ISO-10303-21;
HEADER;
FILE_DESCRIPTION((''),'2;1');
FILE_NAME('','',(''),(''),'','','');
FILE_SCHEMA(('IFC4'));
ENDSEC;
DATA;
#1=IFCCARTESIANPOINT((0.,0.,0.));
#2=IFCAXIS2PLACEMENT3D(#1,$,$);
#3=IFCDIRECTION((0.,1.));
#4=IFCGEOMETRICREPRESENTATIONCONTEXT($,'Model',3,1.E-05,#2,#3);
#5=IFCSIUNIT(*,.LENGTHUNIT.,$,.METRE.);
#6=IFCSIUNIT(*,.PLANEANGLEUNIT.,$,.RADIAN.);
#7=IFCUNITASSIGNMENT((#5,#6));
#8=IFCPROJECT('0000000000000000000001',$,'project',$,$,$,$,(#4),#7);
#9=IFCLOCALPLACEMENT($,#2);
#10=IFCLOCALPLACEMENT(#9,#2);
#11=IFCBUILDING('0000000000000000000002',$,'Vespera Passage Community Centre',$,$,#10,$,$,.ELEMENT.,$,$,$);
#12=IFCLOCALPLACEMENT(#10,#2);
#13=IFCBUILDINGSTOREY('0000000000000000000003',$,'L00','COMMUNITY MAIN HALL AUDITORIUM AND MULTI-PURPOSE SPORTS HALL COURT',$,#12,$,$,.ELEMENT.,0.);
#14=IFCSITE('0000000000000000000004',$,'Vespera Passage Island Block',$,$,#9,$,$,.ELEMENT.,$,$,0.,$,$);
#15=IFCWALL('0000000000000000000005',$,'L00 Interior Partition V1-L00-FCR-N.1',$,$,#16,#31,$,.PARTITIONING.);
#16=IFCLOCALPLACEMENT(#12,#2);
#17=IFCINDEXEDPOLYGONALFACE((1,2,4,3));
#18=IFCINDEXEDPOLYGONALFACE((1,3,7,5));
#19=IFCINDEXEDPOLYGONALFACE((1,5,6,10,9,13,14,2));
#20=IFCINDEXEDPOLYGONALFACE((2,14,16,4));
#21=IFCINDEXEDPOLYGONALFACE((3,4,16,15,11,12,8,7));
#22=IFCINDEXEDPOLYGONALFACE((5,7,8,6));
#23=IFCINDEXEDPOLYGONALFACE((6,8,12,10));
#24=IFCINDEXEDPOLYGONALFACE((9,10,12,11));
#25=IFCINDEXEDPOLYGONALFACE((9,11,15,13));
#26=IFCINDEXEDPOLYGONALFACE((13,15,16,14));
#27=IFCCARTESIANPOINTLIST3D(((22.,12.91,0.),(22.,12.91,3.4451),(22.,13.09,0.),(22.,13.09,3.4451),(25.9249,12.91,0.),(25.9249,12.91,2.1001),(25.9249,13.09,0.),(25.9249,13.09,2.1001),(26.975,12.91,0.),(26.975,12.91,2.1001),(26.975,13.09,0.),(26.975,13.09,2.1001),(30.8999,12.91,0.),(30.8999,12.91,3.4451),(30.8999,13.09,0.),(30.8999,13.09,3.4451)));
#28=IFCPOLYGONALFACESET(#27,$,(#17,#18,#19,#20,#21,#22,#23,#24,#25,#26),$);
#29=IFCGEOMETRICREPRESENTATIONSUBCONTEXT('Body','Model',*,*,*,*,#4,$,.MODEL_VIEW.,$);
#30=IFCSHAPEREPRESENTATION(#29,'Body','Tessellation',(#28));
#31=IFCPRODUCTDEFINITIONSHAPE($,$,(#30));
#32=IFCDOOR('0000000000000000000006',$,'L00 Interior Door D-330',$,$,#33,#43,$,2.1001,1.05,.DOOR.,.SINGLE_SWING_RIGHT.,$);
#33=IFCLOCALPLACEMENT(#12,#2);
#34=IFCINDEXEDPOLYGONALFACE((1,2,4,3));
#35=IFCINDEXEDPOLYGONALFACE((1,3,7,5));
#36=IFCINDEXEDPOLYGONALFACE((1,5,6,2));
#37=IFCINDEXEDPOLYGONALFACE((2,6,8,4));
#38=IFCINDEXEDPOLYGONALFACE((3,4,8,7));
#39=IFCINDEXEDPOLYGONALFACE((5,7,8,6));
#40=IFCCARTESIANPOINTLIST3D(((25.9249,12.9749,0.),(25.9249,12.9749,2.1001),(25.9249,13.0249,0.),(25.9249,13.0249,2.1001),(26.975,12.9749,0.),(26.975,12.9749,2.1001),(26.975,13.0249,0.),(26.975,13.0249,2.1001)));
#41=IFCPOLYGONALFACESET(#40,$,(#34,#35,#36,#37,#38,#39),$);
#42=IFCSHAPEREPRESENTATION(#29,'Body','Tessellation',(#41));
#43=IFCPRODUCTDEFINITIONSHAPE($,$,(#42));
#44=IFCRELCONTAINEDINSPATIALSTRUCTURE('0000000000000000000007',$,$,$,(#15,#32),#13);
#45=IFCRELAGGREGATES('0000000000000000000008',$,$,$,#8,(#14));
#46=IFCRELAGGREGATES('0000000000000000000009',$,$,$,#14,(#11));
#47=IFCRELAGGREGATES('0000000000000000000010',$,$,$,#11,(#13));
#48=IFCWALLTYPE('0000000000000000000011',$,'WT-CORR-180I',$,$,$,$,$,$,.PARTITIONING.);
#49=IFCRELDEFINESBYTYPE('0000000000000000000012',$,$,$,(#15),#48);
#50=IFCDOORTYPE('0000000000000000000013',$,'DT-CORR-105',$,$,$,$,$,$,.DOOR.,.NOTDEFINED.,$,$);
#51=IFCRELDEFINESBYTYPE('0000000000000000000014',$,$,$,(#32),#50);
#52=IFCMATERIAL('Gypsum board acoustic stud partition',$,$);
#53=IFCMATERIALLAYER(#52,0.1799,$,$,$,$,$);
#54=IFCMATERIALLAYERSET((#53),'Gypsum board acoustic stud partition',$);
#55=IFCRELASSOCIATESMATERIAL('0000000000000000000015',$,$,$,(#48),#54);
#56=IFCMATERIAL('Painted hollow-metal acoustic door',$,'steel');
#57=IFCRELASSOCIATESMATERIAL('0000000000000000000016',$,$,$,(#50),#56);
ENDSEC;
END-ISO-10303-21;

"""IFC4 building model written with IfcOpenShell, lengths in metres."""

from ifc_helpers import new_model, si_unit, direction, frame, frame_2d, origin, place, context, subcontext, project, spatial, rectangle, extrude, material, layer, layer_set, type_object, element, fill, save


model = new_model("IFC4")

# Units and contexts
model_context = context("Model", 3, precision=1e-05, world=origin(), true_north=direction((0.0, 1.0)))
body_context = subcontext(model_context, "Body", "Model", "MODEL_VIEW")
ifc_project = project(units=[si_unit("LENGTHUNIT", "METRE"), si_unit("PLANEANGLEUNIT", "RADIAN")], contexts=[model_context])

# Site, building, storey
site_placement = place(None, origin())
site = spatial("IfcSite", under=ifc_project, at=site_placement, Name="Vespera Passage Island Block", CompositionType="ELEMENT", RefElevation=0.0)
building_placement = place(site_placement, origin())
building = spatial("IfcBuilding", under=site, at=building_placement, Name="Vespera Passage Community Centre", CompositionType="ELEMENT")
storey_placement = place(building_placement, origin())
storey = spatial("IfcBuildingStorey", under=building, at=storey_placement, Name="L00", Description="COMMUNITY MAIN HALL AUDITORIUM AND MULTI-PURPOSE SPORTS HALL COURT", CompositionType="ELEMENT", Elevation=0.0)

# Wall, opening, door
ifc_material_1 = material(Name="Gypsum board acoustic stud partition")
ifc_layer_1 = layer(ifc_material_1, 0.1799)
ifc_layer_set_1 = layer_set([ifc_layer_1], Name="Gypsum board acoustic stud partition")
wall_type = type_object("IfcWallType", Name="WT-CORR-180I", PredefinedType="PARTITIONING", material=ifc_layer_set_1)
wall_placement = place(storey_placement, frame((22.0, 13.0, 0.0), z_axis=(0.0, 0.0, 1.0), x_axis=(1.0, 0.0, 0.0)))
wall = element("IfcWall", 1, at=wall_placement, inside=storey, type_object=wall_type, Name="L00 Interior Partition V1-L00-FCR-N.1", PredefinedType="PARTITIONING", context=body_context, shape_type="SweptSolid", body=[
    extrude(rectangle(XDim=8.8999, YDim=0.1799, at=frame_2d((4.45, 0.0))), origin(), (0.0, 0.0, 1.0), 3.4451),
])
opening_placement = place(wall_placement, frame((3.925, 0.0, 0.0)))
opening = element("IfcOpeningElement", 2, at=opening_placement, cuts=wall, PredefinedType="OPENING", context=body_context, shape_type="SweptSolid", body=[
    extrude(rectangle(XDim=1.05, YDim=2.1001, at=frame_2d((0.5249, 1.05))), frame((0.0, 0.0999, 0.0), z_axis=(0.0, -1.0, 0.0), x_axis=(1.0, 0.0, 0.0)), (0.0, 0.0, 1.0), 0.2),
])
ifc_material_2 = material(Name="Painted hollow-metal acoustic door", Category="steel")
door_type = type_object("IfcDoorType", Name="DT-CORR-105", OperationType="NOTDEFINED", PredefinedType="DOOR", material=ifc_material_2)
door_placement = place(opening_placement, origin())
door = element("IfcDoor", 3, at=door_placement, inside=storey, type_object=door_type, Name="L00 Interior Door D-330", OperationType="SINGLE_SWING_RIGHT", OverallHeight=2.1001, OverallWidth=1.05, PredefinedType="DOOR", context=body_context, shape_type="SweptSolid", body=[
    extrude(rectangle(XDim=1.05, YDim=2.1001, at=frame_2d((0.5249, 1.05))), frame((0.0, 0.0249, 0.0), z_axis=(0.0, -1.0, 0.0), x_axis=(1.0, 0.0, 0.0)), (0.0, 0.0, 1.0), 0.05),
])
fill(opening, door)

save(model, "model.ifc")
